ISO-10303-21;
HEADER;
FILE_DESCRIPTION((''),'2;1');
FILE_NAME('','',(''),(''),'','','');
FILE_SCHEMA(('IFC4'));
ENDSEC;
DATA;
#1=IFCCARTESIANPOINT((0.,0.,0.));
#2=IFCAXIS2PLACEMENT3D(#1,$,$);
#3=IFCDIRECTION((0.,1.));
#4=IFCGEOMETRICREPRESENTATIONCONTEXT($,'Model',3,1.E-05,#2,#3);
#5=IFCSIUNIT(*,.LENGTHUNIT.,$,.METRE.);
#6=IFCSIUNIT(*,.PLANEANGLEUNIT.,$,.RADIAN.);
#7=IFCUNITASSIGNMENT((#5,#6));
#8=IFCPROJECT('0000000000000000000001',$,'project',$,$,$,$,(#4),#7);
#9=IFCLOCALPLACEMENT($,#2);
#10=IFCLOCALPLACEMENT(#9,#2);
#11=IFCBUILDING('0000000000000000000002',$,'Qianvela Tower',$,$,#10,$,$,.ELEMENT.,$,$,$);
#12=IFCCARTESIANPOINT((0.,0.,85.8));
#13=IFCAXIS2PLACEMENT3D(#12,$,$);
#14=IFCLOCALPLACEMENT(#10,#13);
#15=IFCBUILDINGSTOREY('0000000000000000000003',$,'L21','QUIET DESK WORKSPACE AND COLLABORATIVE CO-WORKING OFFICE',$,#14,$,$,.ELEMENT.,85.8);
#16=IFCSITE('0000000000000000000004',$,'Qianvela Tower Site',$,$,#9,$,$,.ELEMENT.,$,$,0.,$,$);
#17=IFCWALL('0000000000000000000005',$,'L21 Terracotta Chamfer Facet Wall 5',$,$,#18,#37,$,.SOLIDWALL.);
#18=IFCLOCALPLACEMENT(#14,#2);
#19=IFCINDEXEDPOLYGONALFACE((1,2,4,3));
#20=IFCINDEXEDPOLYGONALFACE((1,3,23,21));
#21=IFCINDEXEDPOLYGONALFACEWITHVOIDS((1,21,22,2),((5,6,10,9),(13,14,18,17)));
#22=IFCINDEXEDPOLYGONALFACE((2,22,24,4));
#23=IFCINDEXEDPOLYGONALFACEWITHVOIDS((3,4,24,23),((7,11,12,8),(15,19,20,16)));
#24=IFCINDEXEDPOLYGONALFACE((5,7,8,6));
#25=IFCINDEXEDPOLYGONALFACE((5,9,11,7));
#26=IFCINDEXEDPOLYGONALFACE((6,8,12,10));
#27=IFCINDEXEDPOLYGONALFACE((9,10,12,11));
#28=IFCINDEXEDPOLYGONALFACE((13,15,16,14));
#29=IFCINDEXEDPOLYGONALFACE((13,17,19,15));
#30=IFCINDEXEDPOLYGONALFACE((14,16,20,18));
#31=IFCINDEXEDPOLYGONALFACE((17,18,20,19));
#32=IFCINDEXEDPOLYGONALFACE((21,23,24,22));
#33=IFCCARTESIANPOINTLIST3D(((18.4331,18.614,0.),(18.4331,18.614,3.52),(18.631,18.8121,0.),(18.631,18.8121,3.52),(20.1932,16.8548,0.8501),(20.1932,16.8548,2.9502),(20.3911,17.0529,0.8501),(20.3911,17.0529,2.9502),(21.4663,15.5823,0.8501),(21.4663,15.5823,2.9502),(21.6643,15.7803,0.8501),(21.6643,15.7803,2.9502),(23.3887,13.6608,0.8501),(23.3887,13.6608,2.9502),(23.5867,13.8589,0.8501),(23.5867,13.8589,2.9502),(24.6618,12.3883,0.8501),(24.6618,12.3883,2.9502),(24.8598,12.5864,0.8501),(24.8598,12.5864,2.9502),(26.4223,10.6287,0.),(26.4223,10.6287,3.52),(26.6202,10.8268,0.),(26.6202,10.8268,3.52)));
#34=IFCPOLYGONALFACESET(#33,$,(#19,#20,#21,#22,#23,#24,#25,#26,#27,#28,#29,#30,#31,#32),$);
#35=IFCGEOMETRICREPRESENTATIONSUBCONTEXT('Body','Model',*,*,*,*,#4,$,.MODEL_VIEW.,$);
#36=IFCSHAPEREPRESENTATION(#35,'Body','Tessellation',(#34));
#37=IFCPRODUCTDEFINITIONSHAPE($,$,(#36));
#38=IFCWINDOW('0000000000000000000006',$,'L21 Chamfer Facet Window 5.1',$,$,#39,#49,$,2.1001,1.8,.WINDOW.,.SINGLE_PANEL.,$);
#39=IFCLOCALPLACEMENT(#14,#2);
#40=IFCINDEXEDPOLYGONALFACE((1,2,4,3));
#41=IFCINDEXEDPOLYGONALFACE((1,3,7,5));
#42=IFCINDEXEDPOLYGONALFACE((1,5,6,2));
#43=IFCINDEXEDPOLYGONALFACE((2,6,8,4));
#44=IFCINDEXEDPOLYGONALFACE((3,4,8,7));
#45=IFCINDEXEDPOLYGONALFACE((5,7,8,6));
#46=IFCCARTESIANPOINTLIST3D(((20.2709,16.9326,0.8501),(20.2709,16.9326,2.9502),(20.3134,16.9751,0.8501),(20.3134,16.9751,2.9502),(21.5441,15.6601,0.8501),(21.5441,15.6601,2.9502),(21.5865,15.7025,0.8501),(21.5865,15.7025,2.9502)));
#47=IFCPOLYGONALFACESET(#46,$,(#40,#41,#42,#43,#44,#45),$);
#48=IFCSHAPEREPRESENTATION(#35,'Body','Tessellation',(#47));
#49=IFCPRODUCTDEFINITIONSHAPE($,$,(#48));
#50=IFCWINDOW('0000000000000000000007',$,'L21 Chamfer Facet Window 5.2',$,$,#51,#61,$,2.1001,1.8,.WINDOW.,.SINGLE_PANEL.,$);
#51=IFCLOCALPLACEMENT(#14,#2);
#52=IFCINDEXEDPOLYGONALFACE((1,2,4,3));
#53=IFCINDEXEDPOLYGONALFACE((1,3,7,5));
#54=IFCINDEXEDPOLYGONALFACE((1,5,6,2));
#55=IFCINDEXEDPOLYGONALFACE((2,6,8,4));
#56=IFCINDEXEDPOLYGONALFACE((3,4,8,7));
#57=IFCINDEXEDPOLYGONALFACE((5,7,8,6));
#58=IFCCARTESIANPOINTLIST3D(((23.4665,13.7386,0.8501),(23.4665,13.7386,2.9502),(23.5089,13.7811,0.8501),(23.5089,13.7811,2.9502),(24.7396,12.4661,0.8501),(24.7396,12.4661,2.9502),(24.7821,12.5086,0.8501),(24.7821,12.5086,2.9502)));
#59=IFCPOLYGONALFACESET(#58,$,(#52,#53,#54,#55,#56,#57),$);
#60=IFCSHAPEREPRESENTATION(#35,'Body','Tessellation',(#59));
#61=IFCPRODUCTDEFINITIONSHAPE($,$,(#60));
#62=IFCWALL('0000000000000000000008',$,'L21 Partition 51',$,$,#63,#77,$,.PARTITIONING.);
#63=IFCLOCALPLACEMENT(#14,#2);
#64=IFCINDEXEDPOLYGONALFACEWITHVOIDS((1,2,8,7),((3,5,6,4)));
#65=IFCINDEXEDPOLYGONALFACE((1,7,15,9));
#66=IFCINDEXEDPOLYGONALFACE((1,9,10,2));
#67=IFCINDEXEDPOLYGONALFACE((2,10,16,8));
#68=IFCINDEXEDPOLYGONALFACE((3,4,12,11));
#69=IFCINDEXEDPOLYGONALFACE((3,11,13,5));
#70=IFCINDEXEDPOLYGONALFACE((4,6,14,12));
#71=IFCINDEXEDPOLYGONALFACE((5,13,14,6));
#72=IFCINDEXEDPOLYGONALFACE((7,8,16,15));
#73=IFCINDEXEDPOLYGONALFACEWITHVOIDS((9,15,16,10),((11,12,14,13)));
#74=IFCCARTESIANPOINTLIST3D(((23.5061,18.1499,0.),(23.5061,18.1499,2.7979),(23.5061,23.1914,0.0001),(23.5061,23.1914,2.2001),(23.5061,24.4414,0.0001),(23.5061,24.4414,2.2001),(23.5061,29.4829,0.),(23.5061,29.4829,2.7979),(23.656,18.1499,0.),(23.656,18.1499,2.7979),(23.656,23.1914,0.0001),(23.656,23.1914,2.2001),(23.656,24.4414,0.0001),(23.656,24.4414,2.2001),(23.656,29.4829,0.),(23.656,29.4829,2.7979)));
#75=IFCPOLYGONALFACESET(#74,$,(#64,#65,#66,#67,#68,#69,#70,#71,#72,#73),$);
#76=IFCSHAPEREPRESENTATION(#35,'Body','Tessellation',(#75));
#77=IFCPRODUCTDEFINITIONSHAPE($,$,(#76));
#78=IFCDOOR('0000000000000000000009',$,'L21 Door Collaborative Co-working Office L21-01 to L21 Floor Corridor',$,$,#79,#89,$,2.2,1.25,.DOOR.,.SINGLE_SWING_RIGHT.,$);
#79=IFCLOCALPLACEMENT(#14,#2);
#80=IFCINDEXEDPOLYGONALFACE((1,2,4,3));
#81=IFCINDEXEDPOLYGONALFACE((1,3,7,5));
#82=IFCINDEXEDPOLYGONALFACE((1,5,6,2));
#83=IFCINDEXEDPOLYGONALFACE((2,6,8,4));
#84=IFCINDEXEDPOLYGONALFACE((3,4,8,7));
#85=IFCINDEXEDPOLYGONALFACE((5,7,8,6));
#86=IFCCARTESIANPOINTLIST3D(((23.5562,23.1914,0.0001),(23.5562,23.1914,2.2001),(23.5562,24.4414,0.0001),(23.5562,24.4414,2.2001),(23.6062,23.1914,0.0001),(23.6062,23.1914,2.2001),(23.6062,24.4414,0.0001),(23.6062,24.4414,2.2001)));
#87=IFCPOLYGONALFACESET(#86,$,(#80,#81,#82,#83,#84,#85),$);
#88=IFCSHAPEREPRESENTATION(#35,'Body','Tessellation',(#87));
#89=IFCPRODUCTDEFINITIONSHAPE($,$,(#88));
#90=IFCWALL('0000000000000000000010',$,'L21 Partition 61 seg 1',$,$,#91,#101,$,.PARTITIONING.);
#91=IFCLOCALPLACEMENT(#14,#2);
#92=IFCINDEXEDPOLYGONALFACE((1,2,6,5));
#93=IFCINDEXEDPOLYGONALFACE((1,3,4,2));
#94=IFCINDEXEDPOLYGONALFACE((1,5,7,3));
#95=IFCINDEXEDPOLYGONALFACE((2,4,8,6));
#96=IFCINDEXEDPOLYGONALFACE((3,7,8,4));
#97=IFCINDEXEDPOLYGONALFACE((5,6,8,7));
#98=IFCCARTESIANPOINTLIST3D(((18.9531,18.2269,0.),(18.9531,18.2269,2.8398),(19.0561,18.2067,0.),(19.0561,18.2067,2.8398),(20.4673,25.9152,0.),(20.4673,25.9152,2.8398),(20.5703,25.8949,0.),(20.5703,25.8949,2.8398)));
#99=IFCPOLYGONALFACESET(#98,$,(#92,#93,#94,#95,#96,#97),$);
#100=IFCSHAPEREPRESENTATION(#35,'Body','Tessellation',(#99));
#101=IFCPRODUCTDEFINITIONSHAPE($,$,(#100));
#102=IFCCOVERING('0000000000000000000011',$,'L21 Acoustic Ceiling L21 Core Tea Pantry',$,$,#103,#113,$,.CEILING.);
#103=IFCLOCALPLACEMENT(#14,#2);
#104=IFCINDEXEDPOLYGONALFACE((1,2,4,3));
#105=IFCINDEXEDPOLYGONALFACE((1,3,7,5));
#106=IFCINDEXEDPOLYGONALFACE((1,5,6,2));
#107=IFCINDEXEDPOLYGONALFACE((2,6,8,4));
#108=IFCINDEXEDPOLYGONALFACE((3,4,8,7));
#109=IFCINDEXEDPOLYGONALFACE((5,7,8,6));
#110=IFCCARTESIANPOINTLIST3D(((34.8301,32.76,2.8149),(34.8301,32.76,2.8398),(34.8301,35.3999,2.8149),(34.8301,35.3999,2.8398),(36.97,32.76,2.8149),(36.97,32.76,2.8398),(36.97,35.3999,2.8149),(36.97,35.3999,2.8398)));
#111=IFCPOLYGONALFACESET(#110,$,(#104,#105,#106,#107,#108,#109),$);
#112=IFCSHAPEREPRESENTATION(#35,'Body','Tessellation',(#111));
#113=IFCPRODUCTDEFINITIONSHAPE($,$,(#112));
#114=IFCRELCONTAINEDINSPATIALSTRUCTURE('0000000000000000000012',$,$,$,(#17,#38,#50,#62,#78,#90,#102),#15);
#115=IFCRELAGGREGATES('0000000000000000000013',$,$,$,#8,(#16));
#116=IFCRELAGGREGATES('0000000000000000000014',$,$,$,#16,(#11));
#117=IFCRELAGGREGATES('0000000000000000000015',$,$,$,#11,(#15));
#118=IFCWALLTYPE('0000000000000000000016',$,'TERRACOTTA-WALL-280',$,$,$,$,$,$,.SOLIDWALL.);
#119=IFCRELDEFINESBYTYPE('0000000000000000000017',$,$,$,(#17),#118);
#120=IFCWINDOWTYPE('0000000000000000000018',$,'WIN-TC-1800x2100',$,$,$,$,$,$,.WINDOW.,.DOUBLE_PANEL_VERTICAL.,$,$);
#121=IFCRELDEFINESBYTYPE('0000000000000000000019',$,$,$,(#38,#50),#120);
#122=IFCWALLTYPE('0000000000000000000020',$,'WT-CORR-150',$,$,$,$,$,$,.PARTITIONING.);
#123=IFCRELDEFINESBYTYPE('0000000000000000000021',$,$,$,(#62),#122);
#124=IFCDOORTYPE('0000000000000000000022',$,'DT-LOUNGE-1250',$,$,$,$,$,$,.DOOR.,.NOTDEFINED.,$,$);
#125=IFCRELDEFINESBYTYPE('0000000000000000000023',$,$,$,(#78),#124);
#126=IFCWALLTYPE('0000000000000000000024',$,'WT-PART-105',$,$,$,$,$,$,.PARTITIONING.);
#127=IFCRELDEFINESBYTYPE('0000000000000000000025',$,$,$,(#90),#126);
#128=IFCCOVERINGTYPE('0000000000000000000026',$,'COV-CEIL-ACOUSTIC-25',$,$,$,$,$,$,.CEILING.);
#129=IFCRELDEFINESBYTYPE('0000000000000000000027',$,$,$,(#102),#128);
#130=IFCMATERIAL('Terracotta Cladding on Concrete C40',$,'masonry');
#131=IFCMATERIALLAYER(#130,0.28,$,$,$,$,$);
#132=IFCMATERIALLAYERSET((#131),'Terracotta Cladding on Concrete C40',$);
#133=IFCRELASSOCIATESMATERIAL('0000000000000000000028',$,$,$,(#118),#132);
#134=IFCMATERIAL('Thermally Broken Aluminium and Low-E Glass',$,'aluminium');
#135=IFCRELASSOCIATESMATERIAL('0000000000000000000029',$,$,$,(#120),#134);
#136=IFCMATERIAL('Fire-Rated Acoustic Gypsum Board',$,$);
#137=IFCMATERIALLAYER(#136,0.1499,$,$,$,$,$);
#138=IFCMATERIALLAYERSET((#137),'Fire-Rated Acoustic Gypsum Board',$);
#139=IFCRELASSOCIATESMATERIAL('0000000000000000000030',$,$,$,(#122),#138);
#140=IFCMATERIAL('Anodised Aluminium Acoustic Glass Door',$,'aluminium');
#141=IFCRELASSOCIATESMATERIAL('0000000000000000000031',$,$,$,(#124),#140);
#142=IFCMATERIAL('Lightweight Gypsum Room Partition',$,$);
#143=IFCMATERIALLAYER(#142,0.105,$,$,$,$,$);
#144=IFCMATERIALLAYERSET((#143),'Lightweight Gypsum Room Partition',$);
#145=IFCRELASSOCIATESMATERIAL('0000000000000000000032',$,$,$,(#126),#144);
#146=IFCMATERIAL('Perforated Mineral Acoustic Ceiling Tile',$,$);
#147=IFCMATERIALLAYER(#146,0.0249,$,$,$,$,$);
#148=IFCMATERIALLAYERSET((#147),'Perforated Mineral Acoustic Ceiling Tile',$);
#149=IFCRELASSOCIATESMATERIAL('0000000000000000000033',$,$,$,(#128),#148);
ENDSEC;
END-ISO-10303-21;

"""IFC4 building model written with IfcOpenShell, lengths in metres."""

from ifc_helpers import new_model, si_unit, direction, frame, frame_2d, origin, place, context, subcontext, project, spatial, polyline, rectangle, outline, extrude, material, layer, layer_set, type_object, element, fill, save


model = new_model("IFC4")

# Units and contexts
model_context = context("Model", 3, precision=1e-05, world=origin(), true_north=direction((0.0, 1.0)))
body_context = subcontext(model_context, "Body", "Model", "MODEL_VIEW")
ifc_project = project(units=[si_unit("LENGTHUNIT", "METRE"), si_unit("PLANEANGLEUNIT", "RADIAN")], contexts=[model_context])

# Site, building, storey
site_placement = place(None, origin())
site = spatial("IfcSite", under=ifc_project, at=site_placement, Name="Qianvela Tower Site", CompositionType="ELEMENT", RefElevation=0.0)
building_placement = place(site_placement, origin())
building = spatial("IfcBuilding", under=site, at=building_placement, Name="Qianvela Tower", CompositionType="ELEMENT")
storey_placement = place(building_placement, frame((0.0, 0.0, 85.8)))
storey = spatial("IfcBuildingStorey", under=building, at=storey_placement, Name="L21", Description="QUIET DESK WORKSPACE AND COLLABORATIVE CO-WORKING OFFICE", CompositionType="ELEMENT", Elevation=85.8)

# Wall, openings, windows
ifc_material_1 = material(Name="Terracotta Cladding on Concrete C40", Category="masonry")
ifc_layer_1 = layer(ifc_material_1, 0.28)
ifc_layer_set_1 = layer_set([ifc_layer_1], Name="Terracotta Cladding on Concrete C40")
wall_type_1 = type_object("IfcWallType", Name="TERRACOTTA-WALL-280", PredefinedType="SOLIDWALL", material=ifc_layer_set_1)
wall_1_placement = place(storey_placement, frame((18.532, 18.7131, 0.0), z_axis=(0.0, 0.0, 1.0), x_axis=(0.70728, -0.706934, 0.0)))
wall_1 = element("IfcWall", 1, at=wall_1_placement, inside=storey, type_object=wall_type_1, Name="L21 Terracotta Chamfer Facet Wall 5", PredefinedType="SOLIDWALL", context=body_context, shape_type="SweptSolid", body=[
    extrude(rectangle(XDim=11.2957, YDim=0.28, at=frame_2d((5.6479, 0.0))), origin(), (0.0, 0.0, 1.0), 3.52),
])
opening_1_placement = place(wall_1_placement, frame((2.4888, 0.0, 0.8501)))
opening_1 = element("IfcOpeningElement", 2, at=opening_1_placement, cuts=wall_1, PredefinedType="OPENING", context=body_context, shape_type="SweptSolid", body=[
    extrude(rectangle(XDim=1.8, YDim=2.1001, at=frame_2d((0.8999, 1.05))), frame((0.0, 0.1499, 0.0), z_axis=(0.0, -1.0, 0.0), x_axis=(1.0, 0.0, 0.0)), (0.0, 0.0, 1.0), 0.3),
])
opening_2_placement = place(wall_1_placement, frame((7.0068, 0.0, 0.8501)))
opening_2 = element("IfcOpeningElement", 3, at=opening_2_placement, cuts=wall_1, PredefinedType="OPENING", context=body_context, shape_type="SweptSolid", body=[
    extrude(rectangle(XDim=1.8, YDim=2.1001, at=frame_2d((0.8999, 1.05))), frame((0.0, 0.1499, 0.0), z_axis=(0.0, -1.0, 0.0), x_axis=(1.0, 0.0, 0.0)), (0.0, 0.0, 1.0), 0.3),
])
ifc_material_2 = material(Name="Thermally Broken Aluminium and Low-E Glass", Category="aluminium")
window_type = type_object("IfcWindowType", Name="WIN-TC-1800x2100", PartitioningType="DOUBLE_PANEL_VERTICAL", PredefinedType="WINDOW", material=ifc_material_2)
window_1_placement = place(opening_1_placement, origin())
window_1 = element("IfcWindow", 4, at=window_1_placement, inside=storey, type_object=window_type, Name="L21 Chamfer Facet Window 5.1", OverallHeight=2.1001, OverallWidth=1.8, PartitioningType="SINGLE_PANEL", PredefinedType="WINDOW", context=body_context, shape_type="SweptSolid", body=[
    extrude(rectangle(XDim=1.8, YDim=2.1001, at=frame_2d((0.8999, 1.05))), frame((0.0, 0.03, 0.0), z_axis=(0.0, -1.0, 0.0), x_axis=(1.0, 0.0, 0.0)), (0.0, 0.0, 1.0), 0.0601),
])
fill(opening_1, window_1)
window_2_placement = place(opening_2_placement, origin())
window_2 = element("IfcWindow", 5, at=window_2_placement, inside=storey, type_object=window_type, Name="L21 Chamfer Facet Window 5.2", OverallHeight=2.1001, OverallWidth=1.8, PartitioningType="SINGLE_PANEL", PredefinedType="WINDOW", context=body_context, shape_type="SweptSolid", body=[
    extrude(rectangle(XDim=1.8, YDim=2.1001, at=frame_2d((0.8999, 1.05))), frame((0.0, 0.03, 0.0), z_axis=(0.0, -1.0, 0.0), x_axis=(1.0, 0.0, 0.0)), (0.0, 0.0, 1.0), 0.0601),
])
fill(opening_2, window_2)

# Wall, opening, door
ifc_material_3 = material(Name="Fire-Rated Acoustic Gypsum Board")
ifc_layer_2 = layer(ifc_material_3, 0.1499)
ifc_layer_set_2 = layer_set([ifc_layer_2], Name="Fire-Rated Acoustic Gypsum Board")
wall_type_2 = type_object("IfcWallType", Name="WT-CORR-150", PredefinedType="PARTITIONING", material=ifc_layer_set_2)
wall_2_placement = place(storey_placement, frame((23.5811, 18.1499, 0.0), z_axis=(0.0, 0.0, 1.0), x_axis=(0.0, 1.0, 0.0)))
wall_2 = element("IfcWall", 6, at=wall_2_placement, inside=storey, type_object=wall_type_2, Name="L21 Partition 51", PredefinedType="PARTITIONING", context=body_context, shape_type="SweptSolid", body=[
    extrude(rectangle(XDim=11.333, YDim=0.1499, at=frame_2d((5.6665, 0.0))), origin(), (0.0, 0.0, 1.0), 2.7979),
])
opening_3_placement = place(wall_2_placement, frame((5.0415, 0.0, 0.0)))
opening_3 = element("IfcOpeningElement", 7, at=opening_3_placement, cuts=wall_2, PredefinedType="OPENING", context=body_context, shape_type="SweptSolid", body=[
    extrude(rectangle(XDim=1.25, YDim=2.2, at=frame_2d((0.625, 1.1001))), frame((0.0, 0.085, 0.0), z_axis=(0.0, -1.0, 0.0), x_axis=(1.0, 0.0, 0.0)), (0.0, 0.0, 1.0), 0.1699),
])
ifc_material_4 = material(Name="Anodised Aluminium Acoustic Glass Door", Category="aluminium")
door_type = type_object("IfcDoorType", Name="DT-LOUNGE-1250", OperationType="NOTDEFINED", PredefinedType="DOOR", material=ifc_material_4)
door_placement = place(opening_3_placement, origin())
door = element("IfcDoor", 8, at=door_placement, inside=storey, type_object=door_type, Name="L21 Door Collaborative Co-working Office L21-01 to L21 Floor Corridor", OperationType="SINGLE_SWING_RIGHT", OverallHeight=2.2, OverallWidth=1.25, PredefinedType="DOOR", context=body_context, shape_type="SweptSolid", body=[
    extrude(rectangle(XDim=1.25, YDim=2.2, at=frame_2d((0.625, 1.1001))), frame((0.0, 0.0249, 0.0), z_axis=(0.0, -1.0, 0.0), x_axis=(1.0, 0.0, 0.0)), (0.0, 0.0, 1.0), 0.05),
])
fill(opening_3, door)

# Wall
ifc_material_5 = material(Name="Lightweight Gypsum Room Partition")
ifc_layer_3 = layer(ifc_material_5, 0.105)
ifc_layer_set_3 = layer_set([ifc_layer_3], Name="Lightweight Gypsum Room Partition")
wall_type_3 = type_object("IfcWallType", Name="WT-PART-105", PredefinedType="PARTITIONING", material=ifc_layer_set_3)
wall_3_placement = place(storey_placement, frame((19.0046, 18.2168, 0.0), z_axis=(0.0, 0.0, 1.0), x_axis=(0.193233, 0.981153, 0.0)))
element("IfcWall", 9, at=wall_3_placement, inside=storey, type_object=wall_type_3, Name="L21 Partition 61 seg 1", PredefinedType="PARTITIONING", context=body_context, shape_type="SweptSolid", body=[
    extrude(rectangle(XDim=7.8359, YDim=0.105, at=frame_2d((3.918, 0.0))), origin(), (0.0, 0.0, 1.0), 2.8398),
])

# Covering
ifc_material_6 = material(Name="Perforated Mineral Acoustic Ceiling Tile")
ifc_layer_4 = layer(ifc_material_6, 0.0249)
ifc_layer_set_4 = layer_set([ifc_layer_4], Name="Perforated Mineral Acoustic Ceiling Tile")
covering_type_1 = type_object("IfcCoveringType", Name="COV-CEIL-ACOUSTIC-25", PredefinedType="CEILING", material=ifc_layer_set_4)
covering_1_placement = place(storey_placement, frame((0.0, 0.0, 2.8149)))
element("IfcCovering", 10, at=covering_1_placement, inside=storey, type_object=covering_type_1, Name="L21 Acoustic Ceiling L21 Core Tea Pantry", PredefinedType="CEILING", context=body_context, shape_type="SweptSolid", body=[
    extrude(outline(polyline([(36.97, 32.76), (34.8301, 32.76), (34.8301, 35.3999), (36.97, 35.3999), (36.97, 32.76)])), origin(), (0.0, 0.0, 1.0), 0.0249),
])

save(model, "model.ifc")
